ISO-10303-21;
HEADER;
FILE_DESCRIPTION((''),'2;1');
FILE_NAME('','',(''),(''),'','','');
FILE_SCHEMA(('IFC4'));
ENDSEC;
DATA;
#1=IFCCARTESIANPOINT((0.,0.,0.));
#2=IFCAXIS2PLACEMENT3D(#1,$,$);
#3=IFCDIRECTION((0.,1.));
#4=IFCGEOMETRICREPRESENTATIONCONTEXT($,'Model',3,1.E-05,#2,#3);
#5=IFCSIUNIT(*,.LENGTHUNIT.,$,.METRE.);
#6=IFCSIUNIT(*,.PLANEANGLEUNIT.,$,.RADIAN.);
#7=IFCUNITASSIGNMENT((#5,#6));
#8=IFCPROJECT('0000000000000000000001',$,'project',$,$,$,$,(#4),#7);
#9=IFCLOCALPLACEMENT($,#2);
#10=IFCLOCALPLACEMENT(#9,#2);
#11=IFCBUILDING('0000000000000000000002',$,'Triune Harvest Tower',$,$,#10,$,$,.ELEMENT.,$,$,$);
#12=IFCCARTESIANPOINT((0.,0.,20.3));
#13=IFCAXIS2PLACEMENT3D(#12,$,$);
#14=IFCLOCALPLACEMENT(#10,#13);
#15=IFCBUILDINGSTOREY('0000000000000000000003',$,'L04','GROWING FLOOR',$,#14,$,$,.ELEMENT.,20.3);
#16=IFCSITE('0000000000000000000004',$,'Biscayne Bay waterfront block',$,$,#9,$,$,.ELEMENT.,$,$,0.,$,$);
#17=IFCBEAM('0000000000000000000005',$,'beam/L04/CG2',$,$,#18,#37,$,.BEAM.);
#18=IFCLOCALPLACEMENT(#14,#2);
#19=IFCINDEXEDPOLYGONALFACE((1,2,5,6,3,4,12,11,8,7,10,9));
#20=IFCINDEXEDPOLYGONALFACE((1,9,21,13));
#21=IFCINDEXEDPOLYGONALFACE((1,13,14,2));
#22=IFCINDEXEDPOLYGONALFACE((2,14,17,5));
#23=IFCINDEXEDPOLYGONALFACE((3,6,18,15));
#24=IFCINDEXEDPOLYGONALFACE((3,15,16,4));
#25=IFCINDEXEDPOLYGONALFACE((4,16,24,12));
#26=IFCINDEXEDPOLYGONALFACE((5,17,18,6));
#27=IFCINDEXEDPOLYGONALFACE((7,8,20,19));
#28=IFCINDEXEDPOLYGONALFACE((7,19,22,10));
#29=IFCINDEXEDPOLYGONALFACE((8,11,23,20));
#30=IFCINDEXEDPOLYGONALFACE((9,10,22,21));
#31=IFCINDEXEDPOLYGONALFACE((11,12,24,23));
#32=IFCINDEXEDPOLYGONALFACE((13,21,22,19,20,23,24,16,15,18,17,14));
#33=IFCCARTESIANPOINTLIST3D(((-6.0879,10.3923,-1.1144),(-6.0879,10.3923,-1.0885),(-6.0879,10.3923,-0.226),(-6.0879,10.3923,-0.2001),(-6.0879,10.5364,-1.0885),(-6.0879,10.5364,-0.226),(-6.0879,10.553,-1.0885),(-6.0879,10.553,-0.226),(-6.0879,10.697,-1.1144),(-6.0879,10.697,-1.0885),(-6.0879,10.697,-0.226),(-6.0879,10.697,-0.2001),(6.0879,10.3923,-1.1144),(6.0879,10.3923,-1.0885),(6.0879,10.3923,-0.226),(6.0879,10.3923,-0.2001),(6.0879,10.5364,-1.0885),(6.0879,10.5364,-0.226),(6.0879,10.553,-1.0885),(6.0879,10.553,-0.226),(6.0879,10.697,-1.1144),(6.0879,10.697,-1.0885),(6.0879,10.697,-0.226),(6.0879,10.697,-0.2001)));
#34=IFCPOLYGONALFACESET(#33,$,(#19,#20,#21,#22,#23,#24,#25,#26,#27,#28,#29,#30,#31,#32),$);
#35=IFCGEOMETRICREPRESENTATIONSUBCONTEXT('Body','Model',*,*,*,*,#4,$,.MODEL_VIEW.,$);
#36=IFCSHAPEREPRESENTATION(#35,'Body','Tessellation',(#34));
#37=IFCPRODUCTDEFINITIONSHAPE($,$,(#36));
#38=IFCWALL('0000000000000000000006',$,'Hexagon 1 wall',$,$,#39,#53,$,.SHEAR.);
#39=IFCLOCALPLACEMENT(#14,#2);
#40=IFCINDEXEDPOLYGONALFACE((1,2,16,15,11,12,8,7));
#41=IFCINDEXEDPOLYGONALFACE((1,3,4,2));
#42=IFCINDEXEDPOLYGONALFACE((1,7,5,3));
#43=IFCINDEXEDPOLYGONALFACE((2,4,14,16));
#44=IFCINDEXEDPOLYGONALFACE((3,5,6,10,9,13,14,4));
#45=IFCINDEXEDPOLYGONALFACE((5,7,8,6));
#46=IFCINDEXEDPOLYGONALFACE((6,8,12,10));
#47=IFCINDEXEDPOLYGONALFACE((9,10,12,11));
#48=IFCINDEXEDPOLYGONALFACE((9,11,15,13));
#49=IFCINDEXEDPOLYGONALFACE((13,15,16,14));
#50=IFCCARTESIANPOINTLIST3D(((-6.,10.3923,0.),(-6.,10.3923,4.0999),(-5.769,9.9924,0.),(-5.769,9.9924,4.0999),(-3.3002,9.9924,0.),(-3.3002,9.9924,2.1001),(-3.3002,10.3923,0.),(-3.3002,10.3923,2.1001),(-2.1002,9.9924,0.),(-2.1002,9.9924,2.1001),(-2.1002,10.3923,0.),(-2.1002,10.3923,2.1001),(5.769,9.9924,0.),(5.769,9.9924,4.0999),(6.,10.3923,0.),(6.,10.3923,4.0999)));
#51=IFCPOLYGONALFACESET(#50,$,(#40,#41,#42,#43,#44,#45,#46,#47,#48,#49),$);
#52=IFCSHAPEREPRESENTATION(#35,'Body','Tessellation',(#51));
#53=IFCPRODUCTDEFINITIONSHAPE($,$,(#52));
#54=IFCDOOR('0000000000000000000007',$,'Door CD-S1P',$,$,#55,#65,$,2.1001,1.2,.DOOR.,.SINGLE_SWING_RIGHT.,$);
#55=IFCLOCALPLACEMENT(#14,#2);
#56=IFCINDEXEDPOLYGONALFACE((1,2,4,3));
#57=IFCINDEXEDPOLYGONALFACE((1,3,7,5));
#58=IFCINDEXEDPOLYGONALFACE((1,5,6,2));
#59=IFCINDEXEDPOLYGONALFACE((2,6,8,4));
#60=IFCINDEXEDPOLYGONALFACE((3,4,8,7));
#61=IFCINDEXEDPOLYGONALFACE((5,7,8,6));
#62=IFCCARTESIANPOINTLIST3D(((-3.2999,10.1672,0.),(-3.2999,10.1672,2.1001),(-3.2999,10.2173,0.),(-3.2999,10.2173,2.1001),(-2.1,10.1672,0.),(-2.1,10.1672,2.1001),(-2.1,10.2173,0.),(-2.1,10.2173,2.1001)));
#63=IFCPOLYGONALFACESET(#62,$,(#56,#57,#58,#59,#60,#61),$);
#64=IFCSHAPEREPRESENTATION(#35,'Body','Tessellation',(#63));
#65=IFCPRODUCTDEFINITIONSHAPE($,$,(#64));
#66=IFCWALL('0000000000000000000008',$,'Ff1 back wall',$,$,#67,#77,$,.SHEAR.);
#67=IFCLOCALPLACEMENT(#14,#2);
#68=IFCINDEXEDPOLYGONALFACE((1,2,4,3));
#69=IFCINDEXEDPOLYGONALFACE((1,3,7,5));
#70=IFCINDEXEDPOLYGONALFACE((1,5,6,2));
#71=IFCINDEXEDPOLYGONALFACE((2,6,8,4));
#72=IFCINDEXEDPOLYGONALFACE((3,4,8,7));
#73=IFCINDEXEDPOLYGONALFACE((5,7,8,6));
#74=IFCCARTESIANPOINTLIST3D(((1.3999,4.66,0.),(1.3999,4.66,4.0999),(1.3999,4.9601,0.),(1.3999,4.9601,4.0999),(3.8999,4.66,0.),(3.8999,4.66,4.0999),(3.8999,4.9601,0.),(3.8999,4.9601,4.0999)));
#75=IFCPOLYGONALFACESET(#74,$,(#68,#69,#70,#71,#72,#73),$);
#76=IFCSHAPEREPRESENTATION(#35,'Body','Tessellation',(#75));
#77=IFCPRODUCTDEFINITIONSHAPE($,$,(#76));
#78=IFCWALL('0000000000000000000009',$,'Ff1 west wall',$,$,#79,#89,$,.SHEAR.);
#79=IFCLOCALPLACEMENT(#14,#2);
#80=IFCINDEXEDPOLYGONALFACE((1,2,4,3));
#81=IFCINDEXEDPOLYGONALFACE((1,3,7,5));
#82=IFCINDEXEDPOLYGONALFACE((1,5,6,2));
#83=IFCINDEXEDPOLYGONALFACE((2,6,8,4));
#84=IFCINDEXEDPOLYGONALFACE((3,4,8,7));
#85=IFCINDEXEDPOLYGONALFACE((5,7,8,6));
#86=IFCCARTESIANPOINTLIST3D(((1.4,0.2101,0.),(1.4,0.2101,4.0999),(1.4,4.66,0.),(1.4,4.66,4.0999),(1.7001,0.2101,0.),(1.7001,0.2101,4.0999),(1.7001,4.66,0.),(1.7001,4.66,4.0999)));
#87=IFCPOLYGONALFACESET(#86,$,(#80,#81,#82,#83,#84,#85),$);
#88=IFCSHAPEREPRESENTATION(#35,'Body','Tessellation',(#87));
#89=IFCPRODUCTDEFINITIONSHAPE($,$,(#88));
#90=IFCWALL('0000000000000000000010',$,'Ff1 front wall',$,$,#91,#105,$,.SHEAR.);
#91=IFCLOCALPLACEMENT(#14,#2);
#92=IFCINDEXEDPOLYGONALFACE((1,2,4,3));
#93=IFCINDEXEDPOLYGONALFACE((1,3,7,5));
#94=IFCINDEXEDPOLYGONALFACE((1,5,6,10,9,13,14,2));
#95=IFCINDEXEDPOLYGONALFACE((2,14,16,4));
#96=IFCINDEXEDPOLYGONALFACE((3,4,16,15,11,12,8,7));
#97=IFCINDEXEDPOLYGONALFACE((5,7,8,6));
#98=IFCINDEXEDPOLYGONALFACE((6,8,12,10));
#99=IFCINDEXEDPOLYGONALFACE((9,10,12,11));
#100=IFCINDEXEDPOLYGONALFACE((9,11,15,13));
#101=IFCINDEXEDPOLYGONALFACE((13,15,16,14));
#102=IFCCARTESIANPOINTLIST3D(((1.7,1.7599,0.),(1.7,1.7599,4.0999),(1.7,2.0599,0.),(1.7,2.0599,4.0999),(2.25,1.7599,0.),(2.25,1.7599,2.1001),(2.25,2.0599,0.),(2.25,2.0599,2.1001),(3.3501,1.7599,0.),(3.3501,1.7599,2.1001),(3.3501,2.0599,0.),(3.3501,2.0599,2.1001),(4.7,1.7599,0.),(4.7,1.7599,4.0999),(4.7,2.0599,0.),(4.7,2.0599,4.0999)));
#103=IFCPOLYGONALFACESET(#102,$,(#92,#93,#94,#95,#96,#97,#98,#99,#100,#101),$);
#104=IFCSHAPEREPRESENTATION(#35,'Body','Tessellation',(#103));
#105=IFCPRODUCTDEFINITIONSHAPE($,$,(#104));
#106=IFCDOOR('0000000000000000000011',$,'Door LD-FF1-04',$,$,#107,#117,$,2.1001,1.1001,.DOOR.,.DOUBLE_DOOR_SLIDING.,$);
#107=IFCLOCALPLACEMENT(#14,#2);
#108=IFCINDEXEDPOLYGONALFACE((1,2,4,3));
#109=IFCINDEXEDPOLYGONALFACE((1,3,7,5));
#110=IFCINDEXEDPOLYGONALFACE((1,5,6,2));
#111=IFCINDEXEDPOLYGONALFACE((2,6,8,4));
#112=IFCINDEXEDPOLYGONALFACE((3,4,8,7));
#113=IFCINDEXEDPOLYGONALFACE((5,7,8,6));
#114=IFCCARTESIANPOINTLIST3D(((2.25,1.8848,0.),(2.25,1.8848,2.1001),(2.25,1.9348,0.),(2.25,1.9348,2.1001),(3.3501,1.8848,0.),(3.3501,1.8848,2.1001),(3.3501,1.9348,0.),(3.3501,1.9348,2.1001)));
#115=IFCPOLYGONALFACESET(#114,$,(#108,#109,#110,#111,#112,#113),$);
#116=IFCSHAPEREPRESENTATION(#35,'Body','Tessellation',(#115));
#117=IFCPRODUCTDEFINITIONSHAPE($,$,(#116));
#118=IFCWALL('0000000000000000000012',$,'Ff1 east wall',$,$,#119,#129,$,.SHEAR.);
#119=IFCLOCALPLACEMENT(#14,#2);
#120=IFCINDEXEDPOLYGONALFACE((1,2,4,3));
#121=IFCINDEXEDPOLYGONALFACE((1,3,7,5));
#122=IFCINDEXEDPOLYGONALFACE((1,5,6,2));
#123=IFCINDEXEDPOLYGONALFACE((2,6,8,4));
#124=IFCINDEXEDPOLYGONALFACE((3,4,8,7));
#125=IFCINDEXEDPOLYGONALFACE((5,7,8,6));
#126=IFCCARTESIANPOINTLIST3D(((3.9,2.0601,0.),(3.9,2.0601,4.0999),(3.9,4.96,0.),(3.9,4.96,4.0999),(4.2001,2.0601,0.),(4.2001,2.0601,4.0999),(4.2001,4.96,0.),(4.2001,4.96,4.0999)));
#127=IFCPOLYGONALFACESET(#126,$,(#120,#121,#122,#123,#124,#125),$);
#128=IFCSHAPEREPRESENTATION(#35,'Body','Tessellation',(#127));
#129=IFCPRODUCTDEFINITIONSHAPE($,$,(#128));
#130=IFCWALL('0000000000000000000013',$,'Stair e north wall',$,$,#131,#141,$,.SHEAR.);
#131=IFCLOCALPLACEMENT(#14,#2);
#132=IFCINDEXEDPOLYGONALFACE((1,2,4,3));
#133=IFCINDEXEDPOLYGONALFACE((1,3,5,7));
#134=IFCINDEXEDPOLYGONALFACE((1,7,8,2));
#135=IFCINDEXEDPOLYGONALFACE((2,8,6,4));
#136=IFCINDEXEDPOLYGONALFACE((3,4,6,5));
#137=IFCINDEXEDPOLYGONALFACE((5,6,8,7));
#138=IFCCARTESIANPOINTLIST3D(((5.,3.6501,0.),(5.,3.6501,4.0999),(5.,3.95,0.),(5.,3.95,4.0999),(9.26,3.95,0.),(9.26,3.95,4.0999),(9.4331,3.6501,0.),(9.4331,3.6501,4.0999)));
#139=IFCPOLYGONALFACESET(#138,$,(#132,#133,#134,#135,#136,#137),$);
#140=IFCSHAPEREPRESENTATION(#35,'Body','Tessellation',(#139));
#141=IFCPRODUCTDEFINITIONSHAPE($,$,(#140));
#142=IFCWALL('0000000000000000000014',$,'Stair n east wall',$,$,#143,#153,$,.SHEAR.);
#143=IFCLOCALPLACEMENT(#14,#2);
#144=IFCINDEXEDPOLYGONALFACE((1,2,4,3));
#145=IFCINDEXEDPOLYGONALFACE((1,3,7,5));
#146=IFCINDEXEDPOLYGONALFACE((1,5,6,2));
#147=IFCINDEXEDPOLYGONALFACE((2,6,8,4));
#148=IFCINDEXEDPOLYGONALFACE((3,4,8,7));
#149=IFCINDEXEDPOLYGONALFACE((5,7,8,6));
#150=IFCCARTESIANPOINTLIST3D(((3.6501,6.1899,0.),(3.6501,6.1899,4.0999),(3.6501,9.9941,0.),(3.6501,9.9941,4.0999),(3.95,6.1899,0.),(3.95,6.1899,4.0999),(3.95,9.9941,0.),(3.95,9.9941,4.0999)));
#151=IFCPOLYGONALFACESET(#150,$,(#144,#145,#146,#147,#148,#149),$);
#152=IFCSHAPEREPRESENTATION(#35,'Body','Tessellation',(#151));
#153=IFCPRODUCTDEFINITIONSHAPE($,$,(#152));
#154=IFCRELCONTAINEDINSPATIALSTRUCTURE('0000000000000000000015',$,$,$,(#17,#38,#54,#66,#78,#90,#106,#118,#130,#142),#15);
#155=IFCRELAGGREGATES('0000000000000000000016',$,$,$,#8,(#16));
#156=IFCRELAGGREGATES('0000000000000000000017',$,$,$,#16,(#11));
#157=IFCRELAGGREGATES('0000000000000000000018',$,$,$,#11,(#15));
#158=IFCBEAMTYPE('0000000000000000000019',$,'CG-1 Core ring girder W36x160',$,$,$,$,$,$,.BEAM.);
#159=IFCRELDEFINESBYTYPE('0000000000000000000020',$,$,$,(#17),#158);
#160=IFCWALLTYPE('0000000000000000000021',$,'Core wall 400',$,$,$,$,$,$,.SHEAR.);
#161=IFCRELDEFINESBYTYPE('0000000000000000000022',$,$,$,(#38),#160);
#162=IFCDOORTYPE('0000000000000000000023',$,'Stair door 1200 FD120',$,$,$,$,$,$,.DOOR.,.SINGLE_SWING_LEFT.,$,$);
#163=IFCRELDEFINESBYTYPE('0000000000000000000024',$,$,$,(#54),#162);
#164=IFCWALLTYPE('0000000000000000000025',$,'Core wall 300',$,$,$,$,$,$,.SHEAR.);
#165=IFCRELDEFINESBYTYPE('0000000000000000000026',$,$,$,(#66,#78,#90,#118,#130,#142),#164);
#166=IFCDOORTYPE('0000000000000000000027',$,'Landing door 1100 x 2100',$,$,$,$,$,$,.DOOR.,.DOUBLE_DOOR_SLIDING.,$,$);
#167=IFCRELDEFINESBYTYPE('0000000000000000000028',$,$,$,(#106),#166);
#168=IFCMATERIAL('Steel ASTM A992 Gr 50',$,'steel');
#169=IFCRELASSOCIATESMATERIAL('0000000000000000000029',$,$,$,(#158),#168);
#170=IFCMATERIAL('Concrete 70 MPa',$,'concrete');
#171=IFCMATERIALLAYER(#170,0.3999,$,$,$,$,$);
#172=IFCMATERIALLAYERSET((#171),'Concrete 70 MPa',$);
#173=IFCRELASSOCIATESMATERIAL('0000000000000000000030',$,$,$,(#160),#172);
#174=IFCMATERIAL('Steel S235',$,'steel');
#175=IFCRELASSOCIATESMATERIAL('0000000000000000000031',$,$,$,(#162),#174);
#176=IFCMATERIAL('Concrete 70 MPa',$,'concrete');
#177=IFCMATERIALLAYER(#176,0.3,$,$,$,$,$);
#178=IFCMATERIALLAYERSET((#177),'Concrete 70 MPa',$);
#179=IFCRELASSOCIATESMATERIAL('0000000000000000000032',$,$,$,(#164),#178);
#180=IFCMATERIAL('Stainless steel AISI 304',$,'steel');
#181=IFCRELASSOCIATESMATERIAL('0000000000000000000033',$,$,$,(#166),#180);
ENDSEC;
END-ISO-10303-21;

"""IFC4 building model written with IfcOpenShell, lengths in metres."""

from ifc_helpers import new_model, si_unit, direction, frame, frame_2d, origin, origin_2d, place, context, subcontext, project, spatial, polyline, rectangle, i_section, outline, extrude, source, transform, mapped, material, layer, layer_set, material_profile, profile_set, type_object, element, fill, save


model = new_model("IFC4")

# Units and contexts
model_context = context("Model", 3, precision=1e-05, world=origin(), true_north=direction((0.0, 1.0)))
body_context = subcontext(model_context, "Body", "Model", "MODEL_VIEW")
ifc_project = project(units=[si_unit("LENGTHUNIT", "METRE"), si_unit("PLANEANGLEUNIT", "RADIAN")], contexts=[model_context])

# Site, building, storey
site_placement = place(None, origin())
site = spatial("IfcSite", under=ifc_project, at=site_placement, Name="Biscayne Bay waterfront block", CompositionType="ELEMENT", RefElevation=0.0)
building_placement = place(site_placement, origin())
building = spatial("IfcBuilding", under=site, at=building_placement, Name="Triune Harvest Tower", CompositionType="ELEMENT")
storey_placement = place(building_placement, frame((0.0, 0.0, 20.3)))
storey = spatial("IfcBuildingStorey", under=building, at=storey_placement, Name="L04", Description="GROWING FLOOR", CompositionType="ELEMENT", Elevation=20.3)

# Beam
ifc_material_1 = material(Name="Steel ASTM A992 Gr 50", Category="steel")
ifc_material_profile = material_profile(ifc_material_1, i_section(OverallWidth=0.3047, OverallDepth=0.9143, WebThickness=0.0166, FlangeThickness=0.0259, at=origin_2d()), Name="W36x160")
ifc_profile_set = profile_set([ifc_material_profile], Name="Steel ASTM A992 Gr 50")
beam_type = type_object("IfcBeamType", Name="CG-1 Core ring girder W36x160", PredefinedType="BEAM", material=ifc_profile_set)
shared_shape_1 = source(origin(), body_context, "Body", "SweptSolid", [
    extrude(i_section(OverallWidth=0.3047, OverallDepth=0.9143, WebThickness=0.0166, FlangeThickness=0.0259, at=origin_2d()), origin(), (0.0, 0.0, 1.0), 12.1758),
])
beam_placement = place(storey_placement, frame((6.0879, 10.5447, -0.6572), z_axis=(-1.0, 0.0, 0.0), x_axis=(0.0, -1.0, 0.0)))
element("IfcBeam", 1, at=beam_placement, inside=storey, type_object=beam_type, Name="beam/L04/CG2", PredefinedType="BEAM", context=body_context, shape_type="MappedRepresentation", body=[
    mapped(shared_shape_1, transform((0.0, 0.0, 0.0), scale=1.0)),
])

# Wall, opening, door
ifc_material_2 = material(Name="Concrete 70 MPa", Category="concrete")
ifc_layer_1 = layer(ifc_material_2, 0.3999)
ifc_layer_set_1 = layer_set([ifc_layer_1], Name="Concrete 70 MPa")
wall_type_1 = type_object("IfcWallType", Name="Core wall 400", PredefinedType="SHEAR", material=ifc_layer_set_1)
shared_shape_2 = source(origin(), body_context, "Body", "SweptSolid", [
    extrude(outline(polyline([(-0.1155, -0.2), (11.8845, -0.2), (11.6536, 0.2), (0.1155, 0.2), (-0.1155, -0.2)])), origin(), (0.0, 0.0, 1.0), 4.0999),
])
wall_1_placement = place(storey_placement, frame((5.8845, 10.1924, 0.0), z_axis=(0.0, 0.0, 1.0), x_axis=(-1.0, 0.0, 0.0)))
wall_1 = element("IfcWall", 2, at=wall_1_placement, inside=storey, type_object=wall_type_1, Name="Hexagon 1 wall", PredefinedType="SHEAR", context=body_context, shape_type="MappedRepresentation", body=[
    mapped(shared_shape_2, transform((0.0, 0.0, 0.0), scale=1.0)),
])
opening_1_placement = place(wall_1_placement, frame((7.9846, 0.0, 0.0)))
opening_1 = element("IfcOpeningElement", 3, at=opening_1_placement, cuts=wall_1, PredefinedType="OPENING", context=body_context, shape_type="SweptSolid", body=[
    extrude(rectangle(XDim=1.2, YDim=2.1001, at=frame_2d((0.6001, 1.05))), frame((0.0, 0.21, 0.0), z_axis=(0.0, -1.0, 0.0), x_axis=(1.0, 0.0, 0.0)), (0.0, 0.0, 1.0), 0.4199),
])
ifc_material_3 = material(Name="Steel S235", Category="steel")
door_type_1 = type_object("IfcDoorType", Name="Stair door 1200 FD120", OperationType="SINGLE_SWING_LEFT", PredefinedType="DOOR", material=ifc_material_3)
door_1_placement = place(opening_1_placement, frame((1.2, 0.0, 0.0), z_axis=(0.0, 0.0, 1.0), x_axis=(-1.0, 0.0, 0.0)))
door_1 = element("IfcDoor", 4, at=door_1_placement, inside=storey, type_object=door_type_1, Name="Door CD-S1P", OperationType="SINGLE_SWING_RIGHT", OverallHeight=2.1001, OverallWidth=1.2, PredefinedType="DOOR", context=body_context, shape_type="SweptSolid", body=[
    extrude(rectangle(XDim=1.2, YDim=2.1001, at=frame_2d((0.6001, 1.05))), frame((0.0, 0.0249, 0.0), z_axis=(0.0, -1.0, 0.0), x_axis=(1.0, 0.0, 0.0)), (0.0, 0.0, 1.0), 0.05),
])
fill(opening_1, door_1)

# Walls
ifc_material_4 = material(Name="Concrete 70 MPa", Category="concrete")
ifc_layer_2 = layer(ifc_material_4, 0.3)
ifc_layer_set_2 = layer_set([ifc_layer_2], Name="Concrete 70 MPa")
wall_type_2 = type_object("IfcWallType", Name="Core wall 300", PredefinedType="SHEAR", material=ifc_layer_set_2)
shared_shape_3 = source(origin(), body_context, "Body", "SweptSolid", [
    extrude(rectangle(XDim=2.5, YDim=0.3, at=frame_2d((1.25, 0.0))), origin(), (0.0, 0.0, 1.0), 4.0999),
])
wall_2_placement = place(storey_placement, frame((1.3999, 4.8101, 0.0), z_axis=(0.0, 0.0, 1.0), x_axis=(1.0, 0.0, 0.0)))
element("IfcWall", 5, at=wall_2_placement, inside=storey, type_object=wall_type_2, Name="Ff1 back wall", PredefinedType="SHEAR", context=body_context, shape_type="MappedRepresentation", body=[
    mapped(shared_shape_3, transform((0.0, 0.0, 0.0), scale=1.0)),
])
shared_shape_4 = source(origin(), body_context, "Body", "SweptSolid", [
    extrude(rectangle(XDim=4.45, YDim=0.3, at=frame_2d((2.2251, 0.0))), origin(), (0.0, 0.0, 1.0), 4.0999),
])
wall_3_placement = place(storey_placement, frame((1.55, 0.21, 0.0), z_axis=(0.0, 0.0, 1.0), x_axis=(0.0, 1.0, 0.0)))
element("IfcWall", 6, at=wall_3_placement, inside=storey, type_object=wall_type_2, Name="Ff1 west wall", PredefinedType="SHEAR", context=body_context, shape_type="MappedRepresentation", body=[
    mapped(shared_shape_4, transform((0.0, 0.0, 0.0), scale=1.0)),
])

# Wall, opening, door
shared_shape_5 = source(origin(), body_context, "Body", "SweptSolid", [
    extrude(rectangle(XDim=3.0, YDim=0.3, at=frame_2d((1.5, 0.0))), origin(), (0.0, 0.0, 1.0), 4.0999),
])
wall_4_placement = place(storey_placement, frame((1.7, 1.9099, 0.0), z_axis=(0.0, 0.0, 1.0), x_axis=(1.0, 0.0, 0.0)))
wall_4 = element("IfcWall", 7, at=wall_4_placement, inside=storey, type_object=wall_type_2, Name="Ff1 front wall", PredefinedType="SHEAR", context=body_context, shape_type="MappedRepresentation", body=[
    mapped(shared_shape_5, transform((0.0, 0.0, 0.0), scale=1.0)),
])
opening_2_placement = place(wall_4_placement, frame((0.55, 0.0, 0.0)))
opening_2 = element("IfcOpeningElement", 8, at=opening_2_placement, cuts=wall_4, PredefinedType="OPENING", context=body_context, shape_type="SweptSolid", body=[
    extrude(rectangle(XDim=1.1001, YDim=2.1001, at=frame_2d((0.55, 1.05))), frame((0.0, 0.1602, 0.0), z_axis=(0.0, -1.0, 0.0), x_axis=(1.0, 0.0, 0.0)), (0.0, 0.0, 1.0), 0.3201),
])
ifc_material_5 = material(Name="Stainless steel AISI 304", Category="steel")
door_type_2 = type_object("IfcDoorType", Name="Landing door 1100 x 2100", OperationType="DOUBLE_DOOR_SLIDING", PredefinedType="DOOR", material=ifc_material_5)
door_2_placement = place(opening_2_placement, origin())
door_2 = element("IfcDoor", 9, at=door_2_placement, inside=storey, type_object=door_type_2, Name="Door LD-FF1-04", OperationType="DOUBLE_DOOR_SLIDING", OverallHeight=2.1001, OverallWidth=1.1001, PredefinedType="DOOR", context=body_context, shape_type="SweptSolid", body=[
    extrude(rectangle(XDim=1.1001, YDim=2.1001, at=frame_2d((0.55, 1.05))), frame((0.0, 0.0249, 0.0), z_axis=(0.0, -1.0, 0.0), x_axis=(1.0, 0.0, 0.0)), (0.0, 0.0, 1.0), 0.05),
])
fill(opening_2, door_2)

# Walls
shared_shape_6 = source(origin(), body_context, "Body", "SweptSolid", [
    extrude(rectangle(XDim=2.8999, YDim=0.3, at=frame_2d((1.45, 0.0))), origin(), (0.0, 0.0, 1.0), 4.0999),
])
wall_5_placement = place(storey_placement, frame((4.05, 2.0601, 0.0), z_axis=(0.0, 0.0, 1.0), x_axis=(0.0, 1.0, 0.0)))
element("IfcWall", 10, at=wall_5_placement, inside=storey, type_object=wall_type_2, Name="Ff1 east wall", PredefinedType="SHEAR", context=body_context, shape_type="MappedRepresentation", body=[
    mapped(shared_shape_6, transform((0.0, 0.0, 0.0), scale=1.0)),
])
shared_shape_7 = source(origin(), body_context, "Body", "SweptSolid", [
    extrude(outline(polyline([(0.0, -0.1499), (0.0, 0.1499), (4.26, 0.1499), (4.4331, -0.1499), (0.0, -0.1499)])), origin(), (0.0, 0.0, 1.0), 4.0999),
])
wall_6_placement = place(storey_placement, frame((5.0, 3.8, 0.0), z_axis=(0.0, 0.0, 1.0), x_axis=(1.0, 0.0, 0.0)))
element("IfcWall", 11, at=wall_6_placement, inside=storey, type_object=wall_type_2, Name="Stair e north wall", PredefinedType="SHEAR", context=body_context, shape_type="MappedRepresentation", body=[
    mapped(shared_shape_7, transform((0.0, 0.0, 0.0), scale=1.0)),
])
shared_shape_8 = source(origin(), body_context, "Body", "SweptSolid", [
    extrude(outline(polyline([(0.0, -0.1499), (0.0, 0.1499), (3.8042, 0.1499), (3.8042, -0.1499), (0.0, -0.1499)])), origin(), (0.0, 0.0, 1.0), 4.0999),
])
wall_7_placement = place(storey_placement, frame((3.8, 6.1899, 0.0), z_axis=(0.0, 0.0, 1.0), x_axis=(0.0, 1.0, 0.0)))
element("IfcWall", 12, at=wall_7_placement, inside=storey, type_object=wall_type_2, Name="Stair n east wall", PredefinedType="SHEAR", context=body_context, shape_type="MappedRepresentation", body=[
    mapped(shared_shape_8, transform((0.0, 0.0, 0.0), scale=1.0)),
])

save(model, "model.ifc")
